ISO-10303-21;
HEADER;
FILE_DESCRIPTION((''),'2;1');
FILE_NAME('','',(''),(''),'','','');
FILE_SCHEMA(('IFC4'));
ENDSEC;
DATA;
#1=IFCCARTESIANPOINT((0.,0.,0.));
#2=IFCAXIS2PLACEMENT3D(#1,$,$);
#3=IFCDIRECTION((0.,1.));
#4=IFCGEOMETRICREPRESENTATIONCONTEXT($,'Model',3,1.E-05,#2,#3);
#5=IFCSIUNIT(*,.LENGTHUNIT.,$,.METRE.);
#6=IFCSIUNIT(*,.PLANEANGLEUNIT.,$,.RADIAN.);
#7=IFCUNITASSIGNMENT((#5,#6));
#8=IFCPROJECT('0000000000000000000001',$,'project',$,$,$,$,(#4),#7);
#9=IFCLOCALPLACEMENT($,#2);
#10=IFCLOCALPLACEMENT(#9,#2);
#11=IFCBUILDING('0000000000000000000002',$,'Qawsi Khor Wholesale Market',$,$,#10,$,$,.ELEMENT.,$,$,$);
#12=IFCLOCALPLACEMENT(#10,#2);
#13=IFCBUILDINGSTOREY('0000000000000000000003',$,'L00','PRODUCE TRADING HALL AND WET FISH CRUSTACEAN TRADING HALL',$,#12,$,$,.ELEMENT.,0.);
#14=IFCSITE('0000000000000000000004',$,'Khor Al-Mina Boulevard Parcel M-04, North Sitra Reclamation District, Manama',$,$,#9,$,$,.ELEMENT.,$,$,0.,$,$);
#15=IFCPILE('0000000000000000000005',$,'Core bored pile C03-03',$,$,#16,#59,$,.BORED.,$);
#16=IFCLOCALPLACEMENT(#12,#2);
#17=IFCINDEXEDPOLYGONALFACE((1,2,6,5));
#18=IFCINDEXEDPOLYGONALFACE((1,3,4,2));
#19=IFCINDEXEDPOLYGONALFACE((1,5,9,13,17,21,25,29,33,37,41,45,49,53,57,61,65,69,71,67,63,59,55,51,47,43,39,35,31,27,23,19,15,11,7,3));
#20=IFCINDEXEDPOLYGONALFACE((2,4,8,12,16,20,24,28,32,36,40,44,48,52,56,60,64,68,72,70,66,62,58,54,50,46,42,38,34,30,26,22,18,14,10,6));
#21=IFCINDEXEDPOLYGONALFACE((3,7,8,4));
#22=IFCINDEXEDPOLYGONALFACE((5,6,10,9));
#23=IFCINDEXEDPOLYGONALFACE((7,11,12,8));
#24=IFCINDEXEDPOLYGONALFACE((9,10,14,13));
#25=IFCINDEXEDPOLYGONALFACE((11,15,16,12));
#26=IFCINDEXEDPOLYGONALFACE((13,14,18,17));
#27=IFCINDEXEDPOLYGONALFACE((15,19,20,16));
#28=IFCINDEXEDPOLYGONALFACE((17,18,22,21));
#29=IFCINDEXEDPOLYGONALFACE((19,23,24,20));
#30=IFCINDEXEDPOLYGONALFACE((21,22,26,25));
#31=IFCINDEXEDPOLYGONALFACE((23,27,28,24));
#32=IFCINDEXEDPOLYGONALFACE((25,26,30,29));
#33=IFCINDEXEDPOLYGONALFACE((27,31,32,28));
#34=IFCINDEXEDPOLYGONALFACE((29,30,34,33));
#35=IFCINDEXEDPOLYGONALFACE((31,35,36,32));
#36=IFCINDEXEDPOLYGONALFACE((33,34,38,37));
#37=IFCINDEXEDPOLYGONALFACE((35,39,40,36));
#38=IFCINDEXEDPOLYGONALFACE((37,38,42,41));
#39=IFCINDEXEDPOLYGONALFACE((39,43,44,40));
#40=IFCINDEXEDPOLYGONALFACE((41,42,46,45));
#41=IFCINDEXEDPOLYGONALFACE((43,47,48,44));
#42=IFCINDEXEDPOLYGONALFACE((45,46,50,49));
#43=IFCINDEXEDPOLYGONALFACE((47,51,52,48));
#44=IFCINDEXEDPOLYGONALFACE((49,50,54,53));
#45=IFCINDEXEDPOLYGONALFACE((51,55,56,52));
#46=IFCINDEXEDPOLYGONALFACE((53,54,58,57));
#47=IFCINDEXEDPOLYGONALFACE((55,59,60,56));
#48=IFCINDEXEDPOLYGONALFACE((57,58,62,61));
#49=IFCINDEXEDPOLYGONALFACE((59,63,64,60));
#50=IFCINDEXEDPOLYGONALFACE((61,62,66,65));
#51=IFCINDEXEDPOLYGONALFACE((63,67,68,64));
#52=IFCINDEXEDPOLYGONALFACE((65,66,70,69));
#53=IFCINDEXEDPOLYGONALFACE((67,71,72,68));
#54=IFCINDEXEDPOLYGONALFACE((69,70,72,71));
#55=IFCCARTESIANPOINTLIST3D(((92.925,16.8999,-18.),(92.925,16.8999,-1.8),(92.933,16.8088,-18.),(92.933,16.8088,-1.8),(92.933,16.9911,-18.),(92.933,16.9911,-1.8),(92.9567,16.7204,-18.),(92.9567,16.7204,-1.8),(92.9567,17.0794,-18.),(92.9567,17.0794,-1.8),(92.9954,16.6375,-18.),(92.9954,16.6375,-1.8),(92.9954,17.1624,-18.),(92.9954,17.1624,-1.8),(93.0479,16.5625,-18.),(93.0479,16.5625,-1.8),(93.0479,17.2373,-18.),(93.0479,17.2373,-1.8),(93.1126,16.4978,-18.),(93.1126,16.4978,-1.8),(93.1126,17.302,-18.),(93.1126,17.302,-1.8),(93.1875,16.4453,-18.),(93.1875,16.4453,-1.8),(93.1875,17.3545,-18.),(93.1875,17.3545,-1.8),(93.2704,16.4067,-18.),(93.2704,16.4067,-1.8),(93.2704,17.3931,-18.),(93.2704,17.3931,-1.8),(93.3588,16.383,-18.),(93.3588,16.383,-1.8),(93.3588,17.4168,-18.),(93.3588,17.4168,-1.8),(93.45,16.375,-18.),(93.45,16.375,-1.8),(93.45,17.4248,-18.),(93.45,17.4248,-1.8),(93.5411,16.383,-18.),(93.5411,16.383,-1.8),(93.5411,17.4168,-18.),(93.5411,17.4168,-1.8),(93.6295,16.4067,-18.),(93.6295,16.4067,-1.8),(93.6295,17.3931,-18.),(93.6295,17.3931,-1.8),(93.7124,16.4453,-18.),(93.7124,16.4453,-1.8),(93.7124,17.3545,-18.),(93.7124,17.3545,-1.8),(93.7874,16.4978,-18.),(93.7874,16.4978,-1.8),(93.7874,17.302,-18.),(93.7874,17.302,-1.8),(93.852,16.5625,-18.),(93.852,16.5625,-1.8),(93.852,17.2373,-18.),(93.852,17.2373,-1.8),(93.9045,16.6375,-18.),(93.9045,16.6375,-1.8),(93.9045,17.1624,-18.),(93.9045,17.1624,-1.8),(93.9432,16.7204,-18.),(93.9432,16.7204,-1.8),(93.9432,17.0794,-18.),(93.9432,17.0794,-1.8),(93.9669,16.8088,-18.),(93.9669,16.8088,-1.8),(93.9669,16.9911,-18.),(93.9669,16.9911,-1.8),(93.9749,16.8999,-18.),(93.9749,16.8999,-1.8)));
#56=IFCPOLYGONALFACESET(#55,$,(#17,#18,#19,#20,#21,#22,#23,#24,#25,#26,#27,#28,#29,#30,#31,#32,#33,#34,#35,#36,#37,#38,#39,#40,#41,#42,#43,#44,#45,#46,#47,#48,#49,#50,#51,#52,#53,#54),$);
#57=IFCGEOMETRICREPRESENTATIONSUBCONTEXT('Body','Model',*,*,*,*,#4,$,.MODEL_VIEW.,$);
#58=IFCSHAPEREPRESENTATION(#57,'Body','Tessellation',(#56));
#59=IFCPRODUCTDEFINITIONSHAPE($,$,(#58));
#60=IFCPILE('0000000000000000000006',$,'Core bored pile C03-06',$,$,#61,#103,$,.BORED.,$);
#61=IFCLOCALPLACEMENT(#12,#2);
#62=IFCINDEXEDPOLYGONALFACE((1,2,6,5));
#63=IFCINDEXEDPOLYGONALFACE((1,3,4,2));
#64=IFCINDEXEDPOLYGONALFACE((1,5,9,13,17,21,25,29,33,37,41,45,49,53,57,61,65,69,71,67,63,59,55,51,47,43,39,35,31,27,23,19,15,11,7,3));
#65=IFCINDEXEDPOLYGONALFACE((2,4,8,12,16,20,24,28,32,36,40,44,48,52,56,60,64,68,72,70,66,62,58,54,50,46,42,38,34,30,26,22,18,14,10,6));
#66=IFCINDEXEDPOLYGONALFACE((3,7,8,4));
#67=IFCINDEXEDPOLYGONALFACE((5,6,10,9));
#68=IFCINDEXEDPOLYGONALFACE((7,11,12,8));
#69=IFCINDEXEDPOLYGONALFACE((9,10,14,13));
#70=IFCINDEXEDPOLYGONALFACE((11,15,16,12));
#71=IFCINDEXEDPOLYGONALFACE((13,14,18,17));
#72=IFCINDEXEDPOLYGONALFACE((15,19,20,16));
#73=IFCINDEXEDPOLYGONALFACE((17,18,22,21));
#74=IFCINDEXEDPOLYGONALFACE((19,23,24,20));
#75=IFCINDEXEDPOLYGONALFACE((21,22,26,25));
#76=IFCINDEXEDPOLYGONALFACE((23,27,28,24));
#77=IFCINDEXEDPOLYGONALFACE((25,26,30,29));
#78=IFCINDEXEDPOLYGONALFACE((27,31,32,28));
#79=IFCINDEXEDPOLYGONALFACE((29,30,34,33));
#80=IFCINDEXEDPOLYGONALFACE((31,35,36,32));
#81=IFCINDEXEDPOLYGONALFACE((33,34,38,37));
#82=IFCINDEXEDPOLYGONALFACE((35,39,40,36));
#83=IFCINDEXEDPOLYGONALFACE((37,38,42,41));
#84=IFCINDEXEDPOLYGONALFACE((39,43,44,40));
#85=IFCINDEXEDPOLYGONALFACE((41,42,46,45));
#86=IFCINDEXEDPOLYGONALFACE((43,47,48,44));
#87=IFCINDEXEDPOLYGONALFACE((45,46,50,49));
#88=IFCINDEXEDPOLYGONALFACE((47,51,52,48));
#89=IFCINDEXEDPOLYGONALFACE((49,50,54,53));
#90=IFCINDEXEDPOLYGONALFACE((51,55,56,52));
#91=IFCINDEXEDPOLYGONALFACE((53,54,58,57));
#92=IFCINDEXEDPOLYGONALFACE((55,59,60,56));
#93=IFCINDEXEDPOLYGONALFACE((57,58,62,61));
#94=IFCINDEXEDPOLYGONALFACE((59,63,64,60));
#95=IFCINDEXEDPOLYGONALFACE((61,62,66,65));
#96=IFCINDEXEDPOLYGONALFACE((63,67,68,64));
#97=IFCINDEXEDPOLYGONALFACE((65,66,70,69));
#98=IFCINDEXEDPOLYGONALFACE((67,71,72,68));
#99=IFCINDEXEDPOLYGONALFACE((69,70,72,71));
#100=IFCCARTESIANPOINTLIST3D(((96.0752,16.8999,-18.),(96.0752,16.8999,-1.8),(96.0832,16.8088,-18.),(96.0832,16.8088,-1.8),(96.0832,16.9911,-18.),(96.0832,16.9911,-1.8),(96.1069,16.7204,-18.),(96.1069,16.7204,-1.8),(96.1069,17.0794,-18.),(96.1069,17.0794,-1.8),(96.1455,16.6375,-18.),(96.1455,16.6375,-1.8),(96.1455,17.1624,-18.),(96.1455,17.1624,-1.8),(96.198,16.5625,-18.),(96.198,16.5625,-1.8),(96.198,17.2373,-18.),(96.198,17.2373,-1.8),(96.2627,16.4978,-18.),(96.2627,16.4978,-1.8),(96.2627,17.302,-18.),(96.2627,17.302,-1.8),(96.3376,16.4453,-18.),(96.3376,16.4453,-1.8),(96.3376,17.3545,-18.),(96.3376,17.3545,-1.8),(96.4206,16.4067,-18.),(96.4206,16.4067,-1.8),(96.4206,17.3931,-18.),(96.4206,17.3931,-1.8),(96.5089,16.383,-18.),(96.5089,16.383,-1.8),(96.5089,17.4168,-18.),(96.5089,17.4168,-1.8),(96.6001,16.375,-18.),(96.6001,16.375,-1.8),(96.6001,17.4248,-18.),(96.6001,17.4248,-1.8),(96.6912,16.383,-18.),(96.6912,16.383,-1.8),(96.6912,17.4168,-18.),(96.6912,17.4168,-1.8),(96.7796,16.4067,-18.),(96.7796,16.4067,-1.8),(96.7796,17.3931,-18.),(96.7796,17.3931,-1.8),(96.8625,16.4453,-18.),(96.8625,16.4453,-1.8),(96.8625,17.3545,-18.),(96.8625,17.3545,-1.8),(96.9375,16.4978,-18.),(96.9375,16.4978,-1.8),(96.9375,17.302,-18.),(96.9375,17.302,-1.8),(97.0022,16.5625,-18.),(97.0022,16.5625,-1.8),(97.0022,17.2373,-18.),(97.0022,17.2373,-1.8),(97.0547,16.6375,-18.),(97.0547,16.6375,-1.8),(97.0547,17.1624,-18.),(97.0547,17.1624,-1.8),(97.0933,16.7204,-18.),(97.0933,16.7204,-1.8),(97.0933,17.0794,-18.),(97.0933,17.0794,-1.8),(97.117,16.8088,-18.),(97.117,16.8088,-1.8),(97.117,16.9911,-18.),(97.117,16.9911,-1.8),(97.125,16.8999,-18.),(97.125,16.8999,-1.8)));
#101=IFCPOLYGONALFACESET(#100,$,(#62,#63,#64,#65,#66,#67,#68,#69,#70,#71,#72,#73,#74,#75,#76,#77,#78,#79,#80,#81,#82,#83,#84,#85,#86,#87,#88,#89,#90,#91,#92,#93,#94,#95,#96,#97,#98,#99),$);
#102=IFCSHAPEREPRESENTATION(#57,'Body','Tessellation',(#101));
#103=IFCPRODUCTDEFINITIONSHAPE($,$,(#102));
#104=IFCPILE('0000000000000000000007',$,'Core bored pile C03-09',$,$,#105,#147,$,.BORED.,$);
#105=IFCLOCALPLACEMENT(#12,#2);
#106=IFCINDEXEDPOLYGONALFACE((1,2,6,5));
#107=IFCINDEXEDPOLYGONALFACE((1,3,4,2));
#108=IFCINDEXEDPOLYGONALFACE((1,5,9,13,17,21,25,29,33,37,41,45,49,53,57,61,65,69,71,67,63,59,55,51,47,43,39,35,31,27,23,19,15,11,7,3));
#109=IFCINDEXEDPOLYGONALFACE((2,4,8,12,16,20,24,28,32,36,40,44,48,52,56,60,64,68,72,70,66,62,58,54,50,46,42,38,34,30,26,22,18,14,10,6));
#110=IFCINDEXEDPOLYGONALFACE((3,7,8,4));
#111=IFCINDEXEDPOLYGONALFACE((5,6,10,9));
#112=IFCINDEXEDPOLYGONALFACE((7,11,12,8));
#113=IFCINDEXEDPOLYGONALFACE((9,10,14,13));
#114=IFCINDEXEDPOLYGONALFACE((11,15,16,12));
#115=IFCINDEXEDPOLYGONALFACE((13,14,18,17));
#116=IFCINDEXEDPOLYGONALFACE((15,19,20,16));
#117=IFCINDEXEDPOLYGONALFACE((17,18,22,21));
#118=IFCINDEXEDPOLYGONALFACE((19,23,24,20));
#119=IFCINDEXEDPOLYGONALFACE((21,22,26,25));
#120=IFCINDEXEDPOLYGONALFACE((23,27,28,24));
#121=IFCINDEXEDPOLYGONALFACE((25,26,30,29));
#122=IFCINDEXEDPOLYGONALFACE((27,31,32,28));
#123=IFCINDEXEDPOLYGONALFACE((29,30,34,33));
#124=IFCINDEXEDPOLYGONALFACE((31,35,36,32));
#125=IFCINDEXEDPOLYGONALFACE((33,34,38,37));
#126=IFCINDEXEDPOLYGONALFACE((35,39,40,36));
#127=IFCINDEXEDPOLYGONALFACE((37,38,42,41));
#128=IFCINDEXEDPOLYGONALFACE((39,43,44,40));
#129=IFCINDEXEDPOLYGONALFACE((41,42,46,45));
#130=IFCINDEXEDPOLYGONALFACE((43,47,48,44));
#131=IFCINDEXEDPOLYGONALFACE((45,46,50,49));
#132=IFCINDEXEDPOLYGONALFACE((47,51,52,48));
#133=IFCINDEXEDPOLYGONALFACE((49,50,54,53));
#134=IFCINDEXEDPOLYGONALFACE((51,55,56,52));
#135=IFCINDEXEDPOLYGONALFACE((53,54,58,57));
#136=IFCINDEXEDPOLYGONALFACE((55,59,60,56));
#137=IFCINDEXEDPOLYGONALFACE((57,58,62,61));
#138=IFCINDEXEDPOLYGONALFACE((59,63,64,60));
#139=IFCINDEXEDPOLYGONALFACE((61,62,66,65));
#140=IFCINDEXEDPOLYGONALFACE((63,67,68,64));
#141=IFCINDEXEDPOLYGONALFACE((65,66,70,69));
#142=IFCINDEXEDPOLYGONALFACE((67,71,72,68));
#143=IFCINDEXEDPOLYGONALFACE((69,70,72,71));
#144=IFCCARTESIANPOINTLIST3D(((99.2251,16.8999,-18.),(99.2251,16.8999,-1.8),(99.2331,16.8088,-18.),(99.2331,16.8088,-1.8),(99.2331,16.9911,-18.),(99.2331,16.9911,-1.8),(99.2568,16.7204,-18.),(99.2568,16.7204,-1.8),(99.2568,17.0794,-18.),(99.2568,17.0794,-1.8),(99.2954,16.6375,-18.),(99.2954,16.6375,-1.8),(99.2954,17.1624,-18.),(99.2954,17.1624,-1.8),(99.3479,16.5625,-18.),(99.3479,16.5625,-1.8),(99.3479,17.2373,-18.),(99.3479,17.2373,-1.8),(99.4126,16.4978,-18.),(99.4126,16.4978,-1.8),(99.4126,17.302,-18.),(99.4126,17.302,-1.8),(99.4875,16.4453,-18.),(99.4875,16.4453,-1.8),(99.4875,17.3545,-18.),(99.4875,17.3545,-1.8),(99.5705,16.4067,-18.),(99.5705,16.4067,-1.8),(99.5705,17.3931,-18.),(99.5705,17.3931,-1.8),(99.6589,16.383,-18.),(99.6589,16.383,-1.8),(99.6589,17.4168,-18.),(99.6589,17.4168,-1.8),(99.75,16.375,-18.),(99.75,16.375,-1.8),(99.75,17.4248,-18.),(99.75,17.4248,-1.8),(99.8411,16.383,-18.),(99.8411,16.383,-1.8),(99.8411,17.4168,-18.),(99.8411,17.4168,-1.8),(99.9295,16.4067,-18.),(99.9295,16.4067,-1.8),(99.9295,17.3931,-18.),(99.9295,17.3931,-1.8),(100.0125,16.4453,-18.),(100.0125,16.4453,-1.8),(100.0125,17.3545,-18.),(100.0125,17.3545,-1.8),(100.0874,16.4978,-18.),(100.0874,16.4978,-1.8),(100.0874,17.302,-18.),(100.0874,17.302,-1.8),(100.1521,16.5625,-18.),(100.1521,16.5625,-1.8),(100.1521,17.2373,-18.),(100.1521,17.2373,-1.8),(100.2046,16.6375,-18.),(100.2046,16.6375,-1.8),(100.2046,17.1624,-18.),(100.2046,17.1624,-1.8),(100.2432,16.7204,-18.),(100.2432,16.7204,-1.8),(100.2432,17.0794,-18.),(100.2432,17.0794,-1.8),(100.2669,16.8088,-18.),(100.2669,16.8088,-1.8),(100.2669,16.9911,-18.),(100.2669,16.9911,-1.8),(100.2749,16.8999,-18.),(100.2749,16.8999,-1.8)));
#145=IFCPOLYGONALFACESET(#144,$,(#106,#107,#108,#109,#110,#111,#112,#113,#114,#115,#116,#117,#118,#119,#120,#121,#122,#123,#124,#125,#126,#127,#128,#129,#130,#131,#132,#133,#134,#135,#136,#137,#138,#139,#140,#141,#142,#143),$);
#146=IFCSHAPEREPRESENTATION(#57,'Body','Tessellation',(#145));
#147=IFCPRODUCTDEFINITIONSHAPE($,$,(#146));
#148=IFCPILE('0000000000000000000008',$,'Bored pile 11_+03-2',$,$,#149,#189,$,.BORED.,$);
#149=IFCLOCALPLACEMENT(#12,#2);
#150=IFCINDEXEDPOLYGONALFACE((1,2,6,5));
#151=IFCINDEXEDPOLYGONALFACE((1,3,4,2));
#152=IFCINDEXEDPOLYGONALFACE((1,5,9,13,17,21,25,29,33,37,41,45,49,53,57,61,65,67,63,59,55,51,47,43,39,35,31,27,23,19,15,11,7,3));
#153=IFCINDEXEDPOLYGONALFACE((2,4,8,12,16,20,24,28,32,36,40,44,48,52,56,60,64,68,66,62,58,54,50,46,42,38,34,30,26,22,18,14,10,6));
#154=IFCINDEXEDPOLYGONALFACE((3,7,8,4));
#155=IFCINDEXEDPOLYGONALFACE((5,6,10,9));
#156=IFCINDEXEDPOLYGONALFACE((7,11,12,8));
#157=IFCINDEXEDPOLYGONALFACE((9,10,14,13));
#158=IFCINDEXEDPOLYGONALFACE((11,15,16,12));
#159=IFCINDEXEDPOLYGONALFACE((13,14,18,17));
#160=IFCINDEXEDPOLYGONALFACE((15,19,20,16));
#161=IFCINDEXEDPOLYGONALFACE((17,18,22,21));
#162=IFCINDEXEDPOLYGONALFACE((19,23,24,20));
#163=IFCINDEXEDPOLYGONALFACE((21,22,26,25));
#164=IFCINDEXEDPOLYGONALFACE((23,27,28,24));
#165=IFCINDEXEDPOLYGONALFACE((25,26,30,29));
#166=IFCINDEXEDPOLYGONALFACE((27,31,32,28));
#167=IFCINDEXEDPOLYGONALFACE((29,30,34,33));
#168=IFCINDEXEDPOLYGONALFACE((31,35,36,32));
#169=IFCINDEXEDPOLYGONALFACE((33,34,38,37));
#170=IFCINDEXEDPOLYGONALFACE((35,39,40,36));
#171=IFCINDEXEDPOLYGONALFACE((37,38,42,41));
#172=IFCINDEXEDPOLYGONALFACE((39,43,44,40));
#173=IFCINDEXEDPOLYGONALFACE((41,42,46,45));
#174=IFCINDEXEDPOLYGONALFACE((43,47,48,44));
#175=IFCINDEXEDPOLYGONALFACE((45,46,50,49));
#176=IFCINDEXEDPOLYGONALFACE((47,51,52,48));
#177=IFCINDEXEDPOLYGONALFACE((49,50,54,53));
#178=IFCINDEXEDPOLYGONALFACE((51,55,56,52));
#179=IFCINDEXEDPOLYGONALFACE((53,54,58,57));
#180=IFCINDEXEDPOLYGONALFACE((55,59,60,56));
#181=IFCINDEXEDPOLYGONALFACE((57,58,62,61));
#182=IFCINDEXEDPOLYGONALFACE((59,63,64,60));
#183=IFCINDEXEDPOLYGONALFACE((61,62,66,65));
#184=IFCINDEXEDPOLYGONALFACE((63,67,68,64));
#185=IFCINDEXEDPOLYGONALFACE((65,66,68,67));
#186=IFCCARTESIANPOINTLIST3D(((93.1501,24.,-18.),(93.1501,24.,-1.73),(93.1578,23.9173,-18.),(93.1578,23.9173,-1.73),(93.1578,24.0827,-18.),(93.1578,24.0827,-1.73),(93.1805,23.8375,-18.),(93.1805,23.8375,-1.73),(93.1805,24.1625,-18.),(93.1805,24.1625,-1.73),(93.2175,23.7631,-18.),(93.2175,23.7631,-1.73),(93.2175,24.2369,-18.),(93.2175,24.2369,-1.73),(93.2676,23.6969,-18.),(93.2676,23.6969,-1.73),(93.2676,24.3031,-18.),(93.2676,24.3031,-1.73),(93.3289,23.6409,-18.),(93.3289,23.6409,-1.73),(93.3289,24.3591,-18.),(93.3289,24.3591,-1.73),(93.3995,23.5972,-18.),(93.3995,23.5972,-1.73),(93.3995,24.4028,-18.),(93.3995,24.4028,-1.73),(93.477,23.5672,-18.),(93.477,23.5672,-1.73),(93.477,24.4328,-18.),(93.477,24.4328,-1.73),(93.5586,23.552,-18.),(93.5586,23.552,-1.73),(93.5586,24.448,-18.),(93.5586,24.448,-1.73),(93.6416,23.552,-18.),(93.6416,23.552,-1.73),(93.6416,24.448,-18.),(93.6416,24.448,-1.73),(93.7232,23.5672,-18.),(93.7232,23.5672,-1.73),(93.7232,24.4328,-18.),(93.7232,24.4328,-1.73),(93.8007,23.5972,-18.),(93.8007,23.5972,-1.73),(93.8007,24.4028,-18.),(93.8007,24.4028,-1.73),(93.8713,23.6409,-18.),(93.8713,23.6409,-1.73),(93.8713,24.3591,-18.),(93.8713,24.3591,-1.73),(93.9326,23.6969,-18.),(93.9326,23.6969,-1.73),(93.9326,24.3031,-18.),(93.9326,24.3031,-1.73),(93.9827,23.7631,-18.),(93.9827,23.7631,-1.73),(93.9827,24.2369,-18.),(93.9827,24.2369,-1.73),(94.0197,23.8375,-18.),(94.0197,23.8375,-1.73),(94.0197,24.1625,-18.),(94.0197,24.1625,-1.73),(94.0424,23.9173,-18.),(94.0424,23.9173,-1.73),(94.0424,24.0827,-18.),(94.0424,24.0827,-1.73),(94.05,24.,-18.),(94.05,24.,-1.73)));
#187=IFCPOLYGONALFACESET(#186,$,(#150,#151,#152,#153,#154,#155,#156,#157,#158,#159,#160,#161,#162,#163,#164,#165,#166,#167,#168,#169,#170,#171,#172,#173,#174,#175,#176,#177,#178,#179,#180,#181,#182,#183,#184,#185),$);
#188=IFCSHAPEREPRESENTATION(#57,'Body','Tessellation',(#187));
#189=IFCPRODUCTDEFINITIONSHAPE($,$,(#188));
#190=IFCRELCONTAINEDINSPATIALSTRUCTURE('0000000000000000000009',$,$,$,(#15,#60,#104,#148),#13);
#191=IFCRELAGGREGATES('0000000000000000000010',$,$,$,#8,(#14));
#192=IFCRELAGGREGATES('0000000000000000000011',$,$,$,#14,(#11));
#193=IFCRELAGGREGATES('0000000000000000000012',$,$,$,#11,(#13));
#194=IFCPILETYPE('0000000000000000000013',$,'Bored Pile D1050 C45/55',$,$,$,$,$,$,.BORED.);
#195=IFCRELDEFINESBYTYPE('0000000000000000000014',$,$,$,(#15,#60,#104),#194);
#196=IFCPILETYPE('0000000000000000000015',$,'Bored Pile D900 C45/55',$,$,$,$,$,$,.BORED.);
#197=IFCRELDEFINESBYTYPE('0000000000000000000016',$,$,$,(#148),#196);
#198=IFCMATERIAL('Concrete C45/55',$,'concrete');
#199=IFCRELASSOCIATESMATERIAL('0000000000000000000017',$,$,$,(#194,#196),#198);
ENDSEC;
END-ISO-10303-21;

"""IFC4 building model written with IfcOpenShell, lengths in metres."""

from ifc_helpers import new_model, si_unit, direction, frame, origin, origin_2d, place, context, subcontext, project, spatial, circle, extrude, material, material_profile, profile_set, type_object, element, save


model = new_model("IFC4")

# Units and contexts
model_context = context("Model", 3, precision=1e-05, world=origin(), true_north=direction((0.0, 1.0)))
body_context = subcontext(model_context, "Body", "Model", "MODEL_VIEW")
ifc_project = project(units=[si_unit("LENGTHUNIT", "METRE"), si_unit("PLANEANGLEUNIT", "RADIAN")], contexts=[model_context])

# Site, building, storey
site_placement = place(None, origin())
site = spatial("IfcSite", under=ifc_project, at=site_placement, Name="Khor Al-Mina Boulevard Parcel M-04, North Sitra Reclamation District, Manama", CompositionType="ELEMENT", RefElevation=0.0)
building_placement = place(site_placement, origin())
building = spatial("IfcBuilding", under=site, at=building_placement, Name="Qawsi Khor Wholesale Market", CompositionType="ELEMENT")
storey_placement = place(building_placement, origin())
storey = spatial("IfcBuildingStorey", under=building, at=storey_placement, Name="L00", Description="PRODUCE TRADING HALL AND WET FISH CRUSTACEAN TRADING HALL", CompositionType="ELEMENT", Elevation=0.0)

# Piles
ifc_material_1 = material(Name="Concrete C45/55", Category="concrete")
ifc_material_profile_1 = material_profile(ifc_material_1, circle(Radius=0.5249, at=origin_2d()), Name="PILE D1050")
ifc_profile_set_1 = profile_set([ifc_material_profile_1], Name="Concrete C45/55")
pile_type_1 = type_object("IfcPileType", Name="Bored Pile D1050 C45/55", PredefinedType="BORED", material=ifc_profile_set_1)
for number, where, z_axis, x_axis, name in (
    (1, (93.45, 16.8999, -1.8), (0.0, 0.0, -1.0), (1.0, 0.0, 0.0), "Core bored pile C03-03"),
    (2, (96.6001, 16.8999, -1.8), (0.0, 0.0, -1.0), (1.0, 0.0, 0.0), "Core bored pile C03-06"),
    (3, (99.75, 16.8999, -1.8), (0.0, 0.0, -1.0), (1.0, 0.0, 0.0), "Core bored pile C03-09"),
):
    element("IfcPile", number, at=place(storey_placement, frame(where, z_axis=z_axis, x_axis=x_axis)), inside=storey, type_object=pile_type_1, Name=name, PredefinedType="BORED", context=body_context, shape_type="SweptSolid", body=[
        extrude(circle(Radius=0.5249, at=origin_2d()), origin(), (0.0, 0.0, 1.0), 16.2),
    ])
ifc_material_profile_2 = material_profile(ifc_material_1, circle(Radius=0.45, at=origin_2d()), Name="PILE D900")
ifc_profile_set_2 = profile_set([ifc_material_profile_2], Name="Concrete C45/55")
pile_type_2 = type_object("IfcPileType", Name="Bored Pile D900 C45/55", PredefinedType="BORED", material=ifc_profile_set_2)
for number, where, z_axis, x_axis, name in (
    (4, (93.6001, 24.0, -1.73), (0.0, 0.0, -1.0), (1.0, 0.0, 0.0), "Bored pile 11_+03-2"),
):
    element("IfcPile", number, at=place(storey_placement, frame(where, z_axis=z_axis, x_axis=x_axis)), inside=storey, type_object=pile_type_2, Name=name, PredefinedType="BORED", context=body_context, shape_type="SweptSolid", body=[
        extrude(circle(Radius=0.45, at=origin_2d()), origin(), (0.0, 0.0, 1.0), 16.27),
    ])

save(model, "model.ifc")
